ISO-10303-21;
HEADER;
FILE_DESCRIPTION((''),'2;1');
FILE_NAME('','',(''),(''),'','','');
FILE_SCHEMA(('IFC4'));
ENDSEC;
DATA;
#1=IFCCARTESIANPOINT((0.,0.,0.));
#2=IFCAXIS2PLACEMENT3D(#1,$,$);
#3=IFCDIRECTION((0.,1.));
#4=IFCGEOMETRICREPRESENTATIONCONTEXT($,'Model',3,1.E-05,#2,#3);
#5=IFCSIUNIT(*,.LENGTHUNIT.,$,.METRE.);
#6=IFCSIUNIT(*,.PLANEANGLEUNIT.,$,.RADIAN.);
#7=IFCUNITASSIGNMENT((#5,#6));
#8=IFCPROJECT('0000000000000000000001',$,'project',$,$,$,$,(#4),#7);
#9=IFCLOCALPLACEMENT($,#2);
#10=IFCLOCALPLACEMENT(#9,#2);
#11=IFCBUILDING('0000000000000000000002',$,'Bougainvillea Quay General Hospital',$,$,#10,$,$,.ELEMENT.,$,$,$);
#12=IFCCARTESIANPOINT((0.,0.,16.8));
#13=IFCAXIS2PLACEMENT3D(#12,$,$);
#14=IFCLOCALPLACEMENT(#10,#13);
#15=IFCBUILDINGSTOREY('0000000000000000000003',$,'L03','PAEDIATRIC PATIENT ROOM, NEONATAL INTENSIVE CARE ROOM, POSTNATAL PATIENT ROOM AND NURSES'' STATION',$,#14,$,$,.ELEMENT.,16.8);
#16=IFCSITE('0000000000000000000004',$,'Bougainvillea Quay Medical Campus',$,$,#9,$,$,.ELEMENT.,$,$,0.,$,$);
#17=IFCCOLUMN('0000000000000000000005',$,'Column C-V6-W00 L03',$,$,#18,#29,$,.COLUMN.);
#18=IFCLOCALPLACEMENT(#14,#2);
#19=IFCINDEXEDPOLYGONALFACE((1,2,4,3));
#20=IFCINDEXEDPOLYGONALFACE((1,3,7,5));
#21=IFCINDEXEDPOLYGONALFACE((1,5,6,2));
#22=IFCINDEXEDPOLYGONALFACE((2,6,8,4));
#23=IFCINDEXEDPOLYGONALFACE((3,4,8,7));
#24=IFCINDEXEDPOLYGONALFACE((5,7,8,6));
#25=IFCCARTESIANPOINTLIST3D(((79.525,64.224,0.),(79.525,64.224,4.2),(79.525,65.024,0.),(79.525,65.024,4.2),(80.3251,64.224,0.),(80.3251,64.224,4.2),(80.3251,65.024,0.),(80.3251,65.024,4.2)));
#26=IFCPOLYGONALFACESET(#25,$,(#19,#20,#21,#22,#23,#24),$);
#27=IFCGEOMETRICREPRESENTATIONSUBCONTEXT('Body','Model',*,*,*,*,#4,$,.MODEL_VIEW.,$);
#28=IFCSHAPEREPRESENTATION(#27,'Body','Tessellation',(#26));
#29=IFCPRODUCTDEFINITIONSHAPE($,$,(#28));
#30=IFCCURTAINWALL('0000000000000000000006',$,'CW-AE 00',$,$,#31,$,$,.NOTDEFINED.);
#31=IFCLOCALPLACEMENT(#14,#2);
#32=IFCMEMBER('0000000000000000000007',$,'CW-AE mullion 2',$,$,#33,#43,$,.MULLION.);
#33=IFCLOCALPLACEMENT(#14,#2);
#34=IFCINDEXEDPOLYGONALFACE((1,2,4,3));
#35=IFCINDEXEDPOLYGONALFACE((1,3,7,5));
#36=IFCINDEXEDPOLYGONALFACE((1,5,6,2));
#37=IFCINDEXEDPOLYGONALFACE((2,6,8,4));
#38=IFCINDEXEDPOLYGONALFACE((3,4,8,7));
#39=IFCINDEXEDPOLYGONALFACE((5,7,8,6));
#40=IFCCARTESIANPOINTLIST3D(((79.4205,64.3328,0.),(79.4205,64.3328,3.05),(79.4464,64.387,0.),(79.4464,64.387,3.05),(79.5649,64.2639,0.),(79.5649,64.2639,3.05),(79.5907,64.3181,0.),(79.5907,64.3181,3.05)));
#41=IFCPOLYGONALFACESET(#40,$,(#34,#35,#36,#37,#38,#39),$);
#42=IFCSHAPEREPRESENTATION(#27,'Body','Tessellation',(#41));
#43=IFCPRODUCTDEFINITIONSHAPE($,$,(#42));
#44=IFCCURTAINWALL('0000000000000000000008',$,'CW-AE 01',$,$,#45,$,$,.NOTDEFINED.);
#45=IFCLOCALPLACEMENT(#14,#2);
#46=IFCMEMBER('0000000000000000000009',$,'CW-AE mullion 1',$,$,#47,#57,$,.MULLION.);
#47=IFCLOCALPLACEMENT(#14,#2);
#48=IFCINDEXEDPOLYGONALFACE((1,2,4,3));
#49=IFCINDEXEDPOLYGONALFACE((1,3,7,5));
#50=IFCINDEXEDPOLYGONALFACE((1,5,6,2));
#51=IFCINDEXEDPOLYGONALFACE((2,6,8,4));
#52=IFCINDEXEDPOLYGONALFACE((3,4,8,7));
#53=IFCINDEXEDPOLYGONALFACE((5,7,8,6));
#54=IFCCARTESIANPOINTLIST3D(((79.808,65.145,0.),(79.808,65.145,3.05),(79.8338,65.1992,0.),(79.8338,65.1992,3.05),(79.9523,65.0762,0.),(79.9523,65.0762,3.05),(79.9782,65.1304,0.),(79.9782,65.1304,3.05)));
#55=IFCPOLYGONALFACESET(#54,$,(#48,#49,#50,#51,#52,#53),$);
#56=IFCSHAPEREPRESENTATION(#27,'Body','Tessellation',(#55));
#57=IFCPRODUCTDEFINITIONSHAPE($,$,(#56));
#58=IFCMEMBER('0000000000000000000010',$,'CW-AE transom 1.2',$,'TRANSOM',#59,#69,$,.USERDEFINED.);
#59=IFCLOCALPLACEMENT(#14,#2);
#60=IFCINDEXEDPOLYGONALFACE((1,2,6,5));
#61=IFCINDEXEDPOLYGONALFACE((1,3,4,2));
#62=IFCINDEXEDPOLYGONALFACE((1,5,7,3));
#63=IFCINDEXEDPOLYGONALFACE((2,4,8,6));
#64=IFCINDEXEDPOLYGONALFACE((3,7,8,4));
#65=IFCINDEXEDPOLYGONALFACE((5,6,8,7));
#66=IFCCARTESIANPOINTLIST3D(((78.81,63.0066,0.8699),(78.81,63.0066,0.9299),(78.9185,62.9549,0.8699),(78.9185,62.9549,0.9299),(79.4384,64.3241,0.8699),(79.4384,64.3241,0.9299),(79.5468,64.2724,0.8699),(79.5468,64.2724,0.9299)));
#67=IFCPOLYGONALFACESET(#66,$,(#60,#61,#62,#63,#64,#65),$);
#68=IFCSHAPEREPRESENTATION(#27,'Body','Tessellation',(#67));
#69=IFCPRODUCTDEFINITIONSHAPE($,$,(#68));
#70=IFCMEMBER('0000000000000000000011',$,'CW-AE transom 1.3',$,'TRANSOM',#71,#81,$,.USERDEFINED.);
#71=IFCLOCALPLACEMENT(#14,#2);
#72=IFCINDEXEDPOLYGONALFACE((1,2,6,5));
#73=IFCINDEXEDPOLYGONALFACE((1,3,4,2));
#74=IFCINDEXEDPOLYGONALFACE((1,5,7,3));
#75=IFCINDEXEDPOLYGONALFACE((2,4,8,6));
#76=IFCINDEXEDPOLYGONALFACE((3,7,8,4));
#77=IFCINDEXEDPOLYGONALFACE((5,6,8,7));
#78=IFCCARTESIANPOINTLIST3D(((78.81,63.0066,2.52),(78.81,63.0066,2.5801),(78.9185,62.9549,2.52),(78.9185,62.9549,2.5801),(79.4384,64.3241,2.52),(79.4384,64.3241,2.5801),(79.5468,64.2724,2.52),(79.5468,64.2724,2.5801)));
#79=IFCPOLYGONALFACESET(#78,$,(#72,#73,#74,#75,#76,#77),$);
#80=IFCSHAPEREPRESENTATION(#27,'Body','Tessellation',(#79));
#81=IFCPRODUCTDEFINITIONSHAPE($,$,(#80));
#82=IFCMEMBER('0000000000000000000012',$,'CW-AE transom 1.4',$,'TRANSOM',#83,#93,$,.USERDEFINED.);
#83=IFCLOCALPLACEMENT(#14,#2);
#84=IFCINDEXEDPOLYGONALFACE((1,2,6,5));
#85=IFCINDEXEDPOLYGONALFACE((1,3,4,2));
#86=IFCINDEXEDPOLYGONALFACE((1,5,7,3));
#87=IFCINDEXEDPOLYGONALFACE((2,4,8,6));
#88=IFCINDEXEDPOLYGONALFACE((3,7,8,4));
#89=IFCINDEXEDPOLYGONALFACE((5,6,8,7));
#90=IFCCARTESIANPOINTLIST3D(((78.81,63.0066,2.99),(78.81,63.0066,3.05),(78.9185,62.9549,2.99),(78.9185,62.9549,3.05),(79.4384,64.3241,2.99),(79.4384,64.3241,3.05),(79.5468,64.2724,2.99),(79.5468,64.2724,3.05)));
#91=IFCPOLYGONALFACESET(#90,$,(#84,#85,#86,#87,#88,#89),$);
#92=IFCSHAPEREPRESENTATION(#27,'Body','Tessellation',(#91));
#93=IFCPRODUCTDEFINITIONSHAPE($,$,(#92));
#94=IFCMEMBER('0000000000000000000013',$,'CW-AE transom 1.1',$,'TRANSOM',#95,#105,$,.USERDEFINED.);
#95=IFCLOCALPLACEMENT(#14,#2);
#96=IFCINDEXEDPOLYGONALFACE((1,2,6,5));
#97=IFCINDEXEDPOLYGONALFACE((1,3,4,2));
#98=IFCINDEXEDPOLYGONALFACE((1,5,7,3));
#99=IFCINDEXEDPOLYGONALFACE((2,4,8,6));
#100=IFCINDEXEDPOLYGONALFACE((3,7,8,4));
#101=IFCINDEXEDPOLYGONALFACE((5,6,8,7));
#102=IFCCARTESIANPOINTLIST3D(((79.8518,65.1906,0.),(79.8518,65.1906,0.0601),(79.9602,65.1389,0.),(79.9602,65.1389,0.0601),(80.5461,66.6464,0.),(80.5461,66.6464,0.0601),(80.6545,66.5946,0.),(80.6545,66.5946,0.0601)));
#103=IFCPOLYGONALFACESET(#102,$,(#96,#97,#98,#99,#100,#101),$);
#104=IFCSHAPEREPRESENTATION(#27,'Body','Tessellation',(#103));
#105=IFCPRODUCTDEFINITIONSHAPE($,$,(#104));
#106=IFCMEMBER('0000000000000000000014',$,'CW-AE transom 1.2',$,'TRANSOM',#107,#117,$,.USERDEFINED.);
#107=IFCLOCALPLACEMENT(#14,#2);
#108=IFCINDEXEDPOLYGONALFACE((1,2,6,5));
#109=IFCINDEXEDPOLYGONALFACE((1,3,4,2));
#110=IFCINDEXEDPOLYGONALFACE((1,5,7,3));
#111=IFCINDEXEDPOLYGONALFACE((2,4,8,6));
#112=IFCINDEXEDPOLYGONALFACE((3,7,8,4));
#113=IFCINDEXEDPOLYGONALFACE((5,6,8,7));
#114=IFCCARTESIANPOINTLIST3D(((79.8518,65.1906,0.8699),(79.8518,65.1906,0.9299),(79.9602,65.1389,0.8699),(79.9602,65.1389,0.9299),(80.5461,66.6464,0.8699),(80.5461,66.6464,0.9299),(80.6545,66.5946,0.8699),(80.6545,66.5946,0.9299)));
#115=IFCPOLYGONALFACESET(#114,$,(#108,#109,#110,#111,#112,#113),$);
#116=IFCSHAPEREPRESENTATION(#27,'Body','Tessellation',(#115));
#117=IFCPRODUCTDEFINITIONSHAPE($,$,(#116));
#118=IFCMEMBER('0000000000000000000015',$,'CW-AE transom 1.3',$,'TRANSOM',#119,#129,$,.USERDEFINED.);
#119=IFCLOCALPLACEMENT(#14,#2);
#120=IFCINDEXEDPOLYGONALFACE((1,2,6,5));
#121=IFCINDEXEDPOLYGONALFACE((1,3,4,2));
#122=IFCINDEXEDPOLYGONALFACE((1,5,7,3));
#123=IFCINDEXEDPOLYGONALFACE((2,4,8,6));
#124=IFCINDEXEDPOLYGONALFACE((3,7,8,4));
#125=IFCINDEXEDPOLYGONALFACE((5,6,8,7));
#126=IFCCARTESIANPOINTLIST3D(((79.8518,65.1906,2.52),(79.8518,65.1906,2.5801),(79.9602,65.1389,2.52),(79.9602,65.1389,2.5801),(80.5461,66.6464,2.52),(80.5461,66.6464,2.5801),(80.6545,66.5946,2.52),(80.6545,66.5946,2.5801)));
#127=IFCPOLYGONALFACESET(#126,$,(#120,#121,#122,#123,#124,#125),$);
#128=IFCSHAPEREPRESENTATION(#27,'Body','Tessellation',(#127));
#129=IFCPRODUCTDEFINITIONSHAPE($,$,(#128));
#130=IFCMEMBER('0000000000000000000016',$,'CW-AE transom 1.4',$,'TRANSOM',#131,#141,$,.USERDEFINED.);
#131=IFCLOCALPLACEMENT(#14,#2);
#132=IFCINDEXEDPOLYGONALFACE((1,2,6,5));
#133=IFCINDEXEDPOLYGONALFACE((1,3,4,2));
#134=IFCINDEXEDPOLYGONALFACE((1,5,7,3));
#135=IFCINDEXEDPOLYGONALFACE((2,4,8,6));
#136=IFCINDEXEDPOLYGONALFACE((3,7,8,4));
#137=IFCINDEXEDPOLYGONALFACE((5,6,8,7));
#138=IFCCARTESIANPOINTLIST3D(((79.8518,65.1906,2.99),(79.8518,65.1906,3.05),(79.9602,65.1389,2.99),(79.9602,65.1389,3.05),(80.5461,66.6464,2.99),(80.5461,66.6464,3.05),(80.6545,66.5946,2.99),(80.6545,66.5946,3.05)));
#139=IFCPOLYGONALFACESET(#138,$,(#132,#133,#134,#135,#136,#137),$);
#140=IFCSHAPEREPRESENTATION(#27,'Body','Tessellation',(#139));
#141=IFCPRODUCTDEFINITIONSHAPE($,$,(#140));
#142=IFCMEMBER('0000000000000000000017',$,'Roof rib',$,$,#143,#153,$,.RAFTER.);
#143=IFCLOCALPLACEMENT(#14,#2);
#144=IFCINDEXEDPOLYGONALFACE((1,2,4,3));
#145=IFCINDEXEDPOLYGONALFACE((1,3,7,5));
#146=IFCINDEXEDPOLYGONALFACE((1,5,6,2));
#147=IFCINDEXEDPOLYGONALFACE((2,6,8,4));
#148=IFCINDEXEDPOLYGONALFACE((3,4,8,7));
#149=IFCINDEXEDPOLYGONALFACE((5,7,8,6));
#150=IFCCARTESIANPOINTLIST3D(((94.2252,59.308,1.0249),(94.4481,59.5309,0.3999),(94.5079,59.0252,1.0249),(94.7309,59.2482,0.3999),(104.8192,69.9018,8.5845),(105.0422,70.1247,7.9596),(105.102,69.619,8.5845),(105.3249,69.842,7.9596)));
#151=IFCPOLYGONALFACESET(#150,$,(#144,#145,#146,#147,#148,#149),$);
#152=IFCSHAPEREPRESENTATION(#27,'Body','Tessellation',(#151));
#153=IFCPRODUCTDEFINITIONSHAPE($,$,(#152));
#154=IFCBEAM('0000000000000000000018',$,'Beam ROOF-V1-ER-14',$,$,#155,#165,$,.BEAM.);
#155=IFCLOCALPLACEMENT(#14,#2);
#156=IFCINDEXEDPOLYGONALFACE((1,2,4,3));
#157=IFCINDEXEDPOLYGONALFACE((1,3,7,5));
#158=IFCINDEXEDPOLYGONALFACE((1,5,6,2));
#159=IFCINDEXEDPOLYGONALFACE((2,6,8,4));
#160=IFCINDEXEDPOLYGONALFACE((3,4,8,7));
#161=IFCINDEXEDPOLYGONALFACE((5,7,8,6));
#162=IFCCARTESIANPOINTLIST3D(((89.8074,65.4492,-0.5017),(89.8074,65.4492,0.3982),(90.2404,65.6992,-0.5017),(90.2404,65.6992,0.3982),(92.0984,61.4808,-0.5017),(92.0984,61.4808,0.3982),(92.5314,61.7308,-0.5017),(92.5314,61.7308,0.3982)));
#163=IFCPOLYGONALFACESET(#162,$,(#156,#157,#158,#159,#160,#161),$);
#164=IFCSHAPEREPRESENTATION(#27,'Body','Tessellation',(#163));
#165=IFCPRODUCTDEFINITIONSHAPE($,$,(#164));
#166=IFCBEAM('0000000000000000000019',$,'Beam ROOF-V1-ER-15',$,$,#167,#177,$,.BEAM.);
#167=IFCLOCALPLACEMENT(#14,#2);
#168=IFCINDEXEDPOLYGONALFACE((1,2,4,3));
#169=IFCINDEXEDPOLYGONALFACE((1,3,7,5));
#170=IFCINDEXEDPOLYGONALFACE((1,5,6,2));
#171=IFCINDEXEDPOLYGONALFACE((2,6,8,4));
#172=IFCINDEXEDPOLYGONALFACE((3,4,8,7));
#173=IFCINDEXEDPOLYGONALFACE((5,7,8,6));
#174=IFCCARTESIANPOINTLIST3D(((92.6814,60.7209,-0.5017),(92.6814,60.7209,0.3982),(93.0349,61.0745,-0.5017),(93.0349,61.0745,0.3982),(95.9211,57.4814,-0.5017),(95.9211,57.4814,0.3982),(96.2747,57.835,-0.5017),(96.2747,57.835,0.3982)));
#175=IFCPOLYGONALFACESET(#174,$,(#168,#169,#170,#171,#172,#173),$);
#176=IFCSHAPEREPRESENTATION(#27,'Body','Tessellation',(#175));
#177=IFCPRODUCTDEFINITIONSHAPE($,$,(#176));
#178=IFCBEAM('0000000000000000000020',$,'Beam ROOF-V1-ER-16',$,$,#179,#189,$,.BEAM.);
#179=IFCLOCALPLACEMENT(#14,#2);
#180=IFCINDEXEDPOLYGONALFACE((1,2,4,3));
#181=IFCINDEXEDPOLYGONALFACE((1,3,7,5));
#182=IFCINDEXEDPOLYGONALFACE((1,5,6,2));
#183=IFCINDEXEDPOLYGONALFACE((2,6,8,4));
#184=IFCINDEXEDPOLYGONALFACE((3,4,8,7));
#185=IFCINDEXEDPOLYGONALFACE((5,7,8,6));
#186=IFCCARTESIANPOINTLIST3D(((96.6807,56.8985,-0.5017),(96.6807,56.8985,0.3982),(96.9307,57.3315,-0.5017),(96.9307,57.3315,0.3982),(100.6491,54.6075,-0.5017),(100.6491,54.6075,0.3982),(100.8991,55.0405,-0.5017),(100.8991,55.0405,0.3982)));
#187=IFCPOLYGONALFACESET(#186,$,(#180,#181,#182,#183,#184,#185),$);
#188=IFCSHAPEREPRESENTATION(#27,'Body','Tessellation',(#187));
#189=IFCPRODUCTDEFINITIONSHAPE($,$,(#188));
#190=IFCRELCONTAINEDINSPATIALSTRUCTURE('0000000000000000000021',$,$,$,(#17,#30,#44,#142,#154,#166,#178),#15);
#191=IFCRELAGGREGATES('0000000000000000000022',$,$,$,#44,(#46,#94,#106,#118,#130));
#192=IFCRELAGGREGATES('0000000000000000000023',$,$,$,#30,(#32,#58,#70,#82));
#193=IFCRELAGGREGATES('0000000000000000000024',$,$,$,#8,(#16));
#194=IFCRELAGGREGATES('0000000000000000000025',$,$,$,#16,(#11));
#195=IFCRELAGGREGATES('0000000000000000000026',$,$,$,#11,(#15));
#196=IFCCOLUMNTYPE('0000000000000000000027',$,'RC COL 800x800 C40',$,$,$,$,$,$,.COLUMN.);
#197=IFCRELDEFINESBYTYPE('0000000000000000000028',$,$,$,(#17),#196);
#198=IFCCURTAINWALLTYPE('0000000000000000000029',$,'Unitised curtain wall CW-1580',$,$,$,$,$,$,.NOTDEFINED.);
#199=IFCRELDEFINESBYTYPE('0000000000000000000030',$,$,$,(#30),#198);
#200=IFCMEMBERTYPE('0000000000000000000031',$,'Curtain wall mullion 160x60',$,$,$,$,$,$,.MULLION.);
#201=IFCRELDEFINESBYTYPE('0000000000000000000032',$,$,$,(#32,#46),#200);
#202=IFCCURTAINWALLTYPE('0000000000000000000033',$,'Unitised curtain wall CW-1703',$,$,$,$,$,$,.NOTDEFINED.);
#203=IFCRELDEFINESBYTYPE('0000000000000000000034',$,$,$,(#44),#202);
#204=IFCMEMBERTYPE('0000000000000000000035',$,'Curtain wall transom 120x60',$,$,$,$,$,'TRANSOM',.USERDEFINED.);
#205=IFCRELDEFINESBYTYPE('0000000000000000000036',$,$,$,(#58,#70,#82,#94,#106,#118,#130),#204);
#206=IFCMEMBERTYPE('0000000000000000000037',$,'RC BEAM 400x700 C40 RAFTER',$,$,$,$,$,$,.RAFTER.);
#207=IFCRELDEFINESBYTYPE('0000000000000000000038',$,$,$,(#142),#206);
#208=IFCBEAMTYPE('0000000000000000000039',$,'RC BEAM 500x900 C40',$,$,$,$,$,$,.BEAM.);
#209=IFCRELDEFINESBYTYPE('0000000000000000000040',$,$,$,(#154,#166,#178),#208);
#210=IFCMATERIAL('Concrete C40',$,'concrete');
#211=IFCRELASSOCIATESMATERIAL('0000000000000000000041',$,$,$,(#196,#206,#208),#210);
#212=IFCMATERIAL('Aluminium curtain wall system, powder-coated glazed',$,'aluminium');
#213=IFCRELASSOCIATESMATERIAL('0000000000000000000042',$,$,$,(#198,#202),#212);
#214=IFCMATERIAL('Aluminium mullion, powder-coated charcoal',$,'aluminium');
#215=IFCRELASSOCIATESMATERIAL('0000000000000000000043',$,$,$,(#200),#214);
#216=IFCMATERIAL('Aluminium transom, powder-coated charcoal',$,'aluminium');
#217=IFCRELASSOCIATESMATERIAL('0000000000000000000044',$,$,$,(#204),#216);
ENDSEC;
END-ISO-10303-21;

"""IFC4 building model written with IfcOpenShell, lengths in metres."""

from ifc_helpers import new_model, si_unit, direction, frame, origin, origin_2d, place, context, subcontext, project, spatial, rectangle, extrude, material, material_profile, profile_set, type_object, element, aggregate, save


model = new_model("IFC4")

# Units and contexts
model_context = context("Model", 3, precision=1e-05, world=origin(), true_north=direction((0.0, 1.0)))
body_context = subcontext(model_context, "Body", "Model", "MODEL_VIEW")
ifc_project = project(units=[si_unit("LENGTHUNIT", "METRE"), si_unit("PLANEANGLEUNIT", "RADIAN")], contexts=[model_context])

# Site, building, storey
site_placement = place(None, origin())
site = spatial("IfcSite", under=ifc_project, at=site_placement, Name="Bougainvillea Quay Medical Campus", CompositionType="ELEMENT", RefElevation=0.0)
building_placement = place(site_placement, origin())
building = spatial("IfcBuilding", under=site, at=building_placement, Name="Bougainvillea Quay General Hospital", CompositionType="ELEMENT")
storey_placement = place(building_placement, frame((0.0, 0.0, 16.8)))
storey = spatial("IfcBuildingStorey", under=building, at=storey_placement, Name="L03", Description="PAEDIATRIC PATIENT ROOM, NEONATAL INTENSIVE CARE ROOM, POSTNATAL PATIENT ROOM AND NURSES' STATION", CompositionType="ELEMENT", Elevation=16.8)

# Column
ifc_material_1 = material(Name="Concrete C40", Category="concrete")
ifc_material_profile_1 = material_profile(ifc_material_1, rectangle(XDim=0.8, YDim=0.8, at=origin_2d()))
ifc_profile_set_1 = profile_set([ifc_material_profile_1], Name="Concrete C40")
column_type = type_object("IfcColumnType", Name="RC COL 800x800 C40", PredefinedType="COLUMN", material=ifc_profile_set_1)
column_placement = place(storey_placement, frame((79.925, 64.624, 0.0), z_axis=(0.0, 0.0, 1.0), x_axis=(1.0, 0.0, 0.0)))
element("IfcColumn", 1, at=column_placement, inside=storey, type_object=column_type, Name="Column C-V6-W00 L03", PredefinedType="COLUMN", context=body_context, shape_type="SweptSolid", body=[
    extrude(rectangle(XDim=0.8, YDim=0.8, at=origin_2d()), origin(), (0.0, 0.0, 1.0), 4.2),
])

# Curtain walls, members
ifc_material_2 = material(Name="Aluminium curtain wall system, powder-coated glazed", Category="aluminium")
curtain_wall_type_1 = type_object("IfcCurtainWallType", Name="Unitised curtain wall CW-1580", PredefinedType="NOTDEFINED", material=ifc_material_2)
curtain_wall_1_placement = place(storey_placement, origin())
curtain_wall_1 = element("IfcCurtainWall", 2, at=curtain_wall_1_placement, inside=storey, type_object=curtain_wall_type_1, Name="CW-AE 00", PredefinedType="NOTDEFINED")
ifc_material_3 = material(Name="Aluminium mullion, powder-coated charcoal", Category="aluminium")
ifc_material_profile_2 = material_profile(ifc_material_3, rectangle(XDim=0.1599, YDim=0.0601, at=origin_2d()))
ifc_profile_set_2 = profile_set([ifc_material_profile_2], Name="Aluminium mullion, powder-coated charcoal")
member_type_1 = type_object("IfcMemberType", Name="Curtain wall mullion 160x60", PredefinedType="MULLION", material=ifc_profile_set_2)
member_1_placement = place(storey_placement, frame((79.5056, 64.3254, 0.0), z_axis=(0.0, 0.0, 1.0), x_axis=(-0.902578, 0.430525, 0.0)))
member_1 = element("IfcMember", 3, at=member_1_placement, type_object=member_type_1, Name="CW-AE mullion 2", PredefinedType="MULLION", context=body_context, shape_type="SweptSolid", body=[
    extrude(rectangle(XDim=0.1599, YDim=0.0601, at=origin_2d()), origin(), (0.0, 0.0, 1.0), 3.05),
])
curtain_wall_type_2 = type_object("IfcCurtainWallType", Name="Unitised curtain wall CW-1703", PredefinedType="NOTDEFINED", material=ifc_material_2)
curtain_wall_2_placement = place(storey_placement, origin())
curtain_wall_2 = element("IfcCurtainWall", 4, at=curtain_wall_2_placement, inside=storey, type_object=curtain_wall_type_2, Name="CW-AE 01", PredefinedType="NOTDEFINED")
member_2_placement = place(storey_placement, frame((79.8931, 65.1377, 0.0), z_axis=(0.0, 0.0, 1.0), x_axis=(-0.902578, 0.430525, 0.0)))
member_2 = element("IfcMember", 5, at=member_2_placement, type_object=member_type_1, Name="CW-AE mullion 1", PredefinedType="MULLION", context=body_context, shape_type="SweptSolid", body=[
    extrude(rectangle(XDim=0.1599, YDim=0.0601, at=origin_2d()), origin(), (0.0, 0.0, 1.0), 3.05),
])

# Members
ifc_material_4 = material(Name="Aluminium transom, powder-coated charcoal", Category="aluminium")
ifc_material_profile_3 = material_profile(ifc_material_4, rectangle(XDim=0.1201, YDim=0.0601, at=origin_2d()))
ifc_profile_set_3 = profile_set([ifc_material_profile_3], Name="Aluminium transom, powder-coated charcoal")
member_type_2 = type_object("IfcMemberType", Name="Curtain wall transom 120x60", ElementType="TRANSOM", PredefinedType="USERDEFINED", material=ifc_profile_set_3)
member_3_placement = place(storey_placement, frame((78.8643, 62.9807, 0.8999), z_axis=(0.430479, 0.902601, 0.0), x_axis=(-0.902601, 0.430479, 0.0)))
member_3 = element("IfcMember", 6, at=member_3_placement, type_object=member_type_2, Name="CW-AE transom 1.2", ObjectType="TRANSOM", PredefinedType="USERDEFINED", context=body_context, shape_type="SweptSolid", body=[
    extrude(rectangle(XDim=0.1201, YDim=0.0601, at=origin_2d()), origin(), (0.0, 0.0, 1.0), 1.4597),
])
member_4_placement = place(storey_placement, frame((78.8643, 62.9807, 2.55), z_axis=(0.430479, 0.902601, 0.0), x_axis=(-0.902601, 0.430479, 0.0)))
member_4 = element("IfcMember", 7, at=member_4_placement, type_object=member_type_2, Name="CW-AE transom 1.3", ObjectType="TRANSOM", PredefinedType="USERDEFINED", context=body_context, shape_type="SweptSolid", body=[
    extrude(rectangle(XDim=0.1201, YDim=0.0601, at=origin_2d()), origin(), (0.0, 0.0, 1.0), 1.4597),
])
member_5_placement = place(storey_placement, frame((78.8643, 62.9807, 3.02), z_axis=(0.430479, 0.902601, 0.0), x_axis=(-0.902601, 0.430479, 0.0)))
member_5 = element("IfcMember", 8, at=member_5_placement, type_object=member_type_2, Name="CW-AE transom 1.4", ObjectType="TRANSOM", PredefinedType="USERDEFINED", context=body_context, shape_type="SweptSolid", body=[
    extrude(rectangle(XDim=0.1201, YDim=0.0601, at=origin_2d()), origin(), (0.0, 0.0, 1.0), 1.4597),
])
member_6_placement = place(storey_placement, frame((79.906, 65.1648, 0.03), z_axis=(0.430486, 0.902597, 0.0), x_axis=(-0.902597, 0.430486, 0.0)))
member_6 = element("IfcMember", 9, at=member_6_placement, type_object=member_type_2, Name="CW-AE transom 1.1", ObjectType="TRANSOM", PredefinedType="USERDEFINED", context=body_context, shape_type="SweptSolid", body=[
    extrude(rectangle(XDim=0.1201, YDim=0.0601, at=origin_2d()), origin(), (0.0, 0.0, 1.0), 1.6128),
])
member_7_placement = place(storey_placement, frame((79.906, 65.1648, 0.8999), z_axis=(0.430486, 0.902597, 0.0), x_axis=(-0.902597, 0.430486, 0.0)))
member_7 = element("IfcMember", 10, at=member_7_placement, type_object=member_type_2, Name="CW-AE transom 1.2", ObjectType="TRANSOM", PredefinedType="USERDEFINED", context=body_context, shape_type="SweptSolid", body=[
    extrude(rectangle(XDim=0.1201, YDim=0.0601, at=origin_2d()), origin(), (0.0, 0.0, 1.0), 1.6128),
])
member_8_placement = place(storey_placement, frame((79.906, 65.1648, 2.55), z_axis=(0.430486, 0.902597, 0.0), x_axis=(-0.902597, 0.430486, 0.0)))
member_8 = element("IfcMember", 11, at=member_8_placement, type_object=member_type_2, Name="CW-AE transom 1.3", ObjectType="TRANSOM", PredefinedType="USERDEFINED", context=body_context, shape_type="SweptSolid", body=[
    extrude(rectangle(XDim=0.1201, YDim=0.0601, at=origin_2d()), origin(), (0.0, 0.0, 1.0), 1.6128),
])
member_9_placement = place(storey_placement, frame((79.906, 65.1648, 3.02), z_axis=(0.430486, 0.902597, 0.0), x_axis=(-0.902597, 0.430486, 0.0)))
member_9 = element("IfcMember", 12, at=member_9_placement, type_object=member_type_2, Name="CW-AE transom 1.4", ObjectType="TRANSOM", PredefinedType="USERDEFINED", context=body_context, shape_type="SweptSolid", body=[
    extrude(rectangle(XDim=0.1201, YDim=0.0601, at=origin_2d()), origin(), (0.0, 0.0, 1.0), 1.6128),
])
ifc_material_profile_4 = material_profile(ifc_material_1, rectangle(XDim=0.3999, YDim=0.7, at=origin_2d()))
ifc_profile_set_4 = profile_set([ifc_material_profile_4], Name="Concrete C40")
member_type_3 = type_object("IfcMemberType", Name="RC BEAM 400x700 C40 RAFTER", PredefinedType="RAFTER", material=ifc_profile_set_4)
member_10_placement = place(storey_placement, frame((94.478, 59.2781, 0.7124), z_axis=(0.631303, 0.631288, 0.45048), x_axis=(-0.707099, 0.707115, 0.0)))
element("IfcMember", 13, at=member_10_placement, inside=storey, type_object=member_type_3, Name="Roof rib", PredefinedType="RAFTER", context=body_context, shape_type="SweptSolid", body=[
    extrude(rectangle(XDim=0.3999, YDim=0.7, at=origin_2d()), origin(), (0.0, 0.0, 1.0), 16.7812),
])

# Beams
ifc_material_profile_5 = material_profile(ifc_material_1, rectangle(XDim=0.5, YDim=0.8999, at=origin_2d()))
ifc_profile_set_5 = profile_set([ifc_material_profile_5], Name="Concrete C40")
beam_type = type_object("IfcBeamType", Name="RC BEAM 500x900 C40", PredefinedType="BEAM", material=ifc_profile_set_5)
beam_1_placement = place(storey_placement, frame((90.0239, 65.5742, -0.0518), z_axis=(0.499967, -0.866045, 0.0), x_axis=(0.866045, 0.499967, 0.0)))
element("IfcBeam", 14, at=beam_1_placement, inside=storey, type_object=beam_type, Name="Beam ROOF-V1-ER-14", PredefinedType="BEAM", context=body_context, shape_type="SweptSolid", body=[
    extrude(rectangle(XDim=0.5, YDim=0.8999, at=origin_2d()), origin(), (0.0, 0.0, 1.0), 4.5823),
])
beam_2_placement = place(storey_placement, frame((92.8582, 60.8977, -0.0518), z_axis=(0.707133, -0.70708, 0.0), x_axis=(0.70708, 0.707133, 0.0)))
element("IfcBeam", 15, at=beam_2_placement, inside=storey, type_object=beam_type, Name="Beam ROOF-V1-ER-15", PredefinedType="BEAM", context=body_context, shape_type="SweptSolid", body=[
    extrude(rectangle(XDim=0.5, YDim=0.8999, at=origin_2d()), origin(), (0.0, 0.0, 1.0), 4.5815),
])
beam_3_placement = place(storey_placement, frame((96.8057, 57.115, -0.0518), z_axis=(0.866045, -0.499967, 0.0), x_axis=(0.499967, 0.866045, 0.0)))
element("IfcBeam", 16, at=beam_3_placement, inside=storey, type_object=beam_type, Name="Beam ROOF-V1-ER-16", PredefinedType="BEAM", context=body_context, shape_type="SweptSolid", body=[
    extrude(rectangle(XDim=0.5, YDim=0.8999, at=origin_2d()), origin(), (0.0, 0.0, 1.0), 4.5823),
])

aggregate(curtain_wall_2, [member_2, member_6, member_7, member_8, member_9])
aggregate(curtain_wall_1, [member_1, member_3, member_4, member_5])

save(model, "model.ifc")
